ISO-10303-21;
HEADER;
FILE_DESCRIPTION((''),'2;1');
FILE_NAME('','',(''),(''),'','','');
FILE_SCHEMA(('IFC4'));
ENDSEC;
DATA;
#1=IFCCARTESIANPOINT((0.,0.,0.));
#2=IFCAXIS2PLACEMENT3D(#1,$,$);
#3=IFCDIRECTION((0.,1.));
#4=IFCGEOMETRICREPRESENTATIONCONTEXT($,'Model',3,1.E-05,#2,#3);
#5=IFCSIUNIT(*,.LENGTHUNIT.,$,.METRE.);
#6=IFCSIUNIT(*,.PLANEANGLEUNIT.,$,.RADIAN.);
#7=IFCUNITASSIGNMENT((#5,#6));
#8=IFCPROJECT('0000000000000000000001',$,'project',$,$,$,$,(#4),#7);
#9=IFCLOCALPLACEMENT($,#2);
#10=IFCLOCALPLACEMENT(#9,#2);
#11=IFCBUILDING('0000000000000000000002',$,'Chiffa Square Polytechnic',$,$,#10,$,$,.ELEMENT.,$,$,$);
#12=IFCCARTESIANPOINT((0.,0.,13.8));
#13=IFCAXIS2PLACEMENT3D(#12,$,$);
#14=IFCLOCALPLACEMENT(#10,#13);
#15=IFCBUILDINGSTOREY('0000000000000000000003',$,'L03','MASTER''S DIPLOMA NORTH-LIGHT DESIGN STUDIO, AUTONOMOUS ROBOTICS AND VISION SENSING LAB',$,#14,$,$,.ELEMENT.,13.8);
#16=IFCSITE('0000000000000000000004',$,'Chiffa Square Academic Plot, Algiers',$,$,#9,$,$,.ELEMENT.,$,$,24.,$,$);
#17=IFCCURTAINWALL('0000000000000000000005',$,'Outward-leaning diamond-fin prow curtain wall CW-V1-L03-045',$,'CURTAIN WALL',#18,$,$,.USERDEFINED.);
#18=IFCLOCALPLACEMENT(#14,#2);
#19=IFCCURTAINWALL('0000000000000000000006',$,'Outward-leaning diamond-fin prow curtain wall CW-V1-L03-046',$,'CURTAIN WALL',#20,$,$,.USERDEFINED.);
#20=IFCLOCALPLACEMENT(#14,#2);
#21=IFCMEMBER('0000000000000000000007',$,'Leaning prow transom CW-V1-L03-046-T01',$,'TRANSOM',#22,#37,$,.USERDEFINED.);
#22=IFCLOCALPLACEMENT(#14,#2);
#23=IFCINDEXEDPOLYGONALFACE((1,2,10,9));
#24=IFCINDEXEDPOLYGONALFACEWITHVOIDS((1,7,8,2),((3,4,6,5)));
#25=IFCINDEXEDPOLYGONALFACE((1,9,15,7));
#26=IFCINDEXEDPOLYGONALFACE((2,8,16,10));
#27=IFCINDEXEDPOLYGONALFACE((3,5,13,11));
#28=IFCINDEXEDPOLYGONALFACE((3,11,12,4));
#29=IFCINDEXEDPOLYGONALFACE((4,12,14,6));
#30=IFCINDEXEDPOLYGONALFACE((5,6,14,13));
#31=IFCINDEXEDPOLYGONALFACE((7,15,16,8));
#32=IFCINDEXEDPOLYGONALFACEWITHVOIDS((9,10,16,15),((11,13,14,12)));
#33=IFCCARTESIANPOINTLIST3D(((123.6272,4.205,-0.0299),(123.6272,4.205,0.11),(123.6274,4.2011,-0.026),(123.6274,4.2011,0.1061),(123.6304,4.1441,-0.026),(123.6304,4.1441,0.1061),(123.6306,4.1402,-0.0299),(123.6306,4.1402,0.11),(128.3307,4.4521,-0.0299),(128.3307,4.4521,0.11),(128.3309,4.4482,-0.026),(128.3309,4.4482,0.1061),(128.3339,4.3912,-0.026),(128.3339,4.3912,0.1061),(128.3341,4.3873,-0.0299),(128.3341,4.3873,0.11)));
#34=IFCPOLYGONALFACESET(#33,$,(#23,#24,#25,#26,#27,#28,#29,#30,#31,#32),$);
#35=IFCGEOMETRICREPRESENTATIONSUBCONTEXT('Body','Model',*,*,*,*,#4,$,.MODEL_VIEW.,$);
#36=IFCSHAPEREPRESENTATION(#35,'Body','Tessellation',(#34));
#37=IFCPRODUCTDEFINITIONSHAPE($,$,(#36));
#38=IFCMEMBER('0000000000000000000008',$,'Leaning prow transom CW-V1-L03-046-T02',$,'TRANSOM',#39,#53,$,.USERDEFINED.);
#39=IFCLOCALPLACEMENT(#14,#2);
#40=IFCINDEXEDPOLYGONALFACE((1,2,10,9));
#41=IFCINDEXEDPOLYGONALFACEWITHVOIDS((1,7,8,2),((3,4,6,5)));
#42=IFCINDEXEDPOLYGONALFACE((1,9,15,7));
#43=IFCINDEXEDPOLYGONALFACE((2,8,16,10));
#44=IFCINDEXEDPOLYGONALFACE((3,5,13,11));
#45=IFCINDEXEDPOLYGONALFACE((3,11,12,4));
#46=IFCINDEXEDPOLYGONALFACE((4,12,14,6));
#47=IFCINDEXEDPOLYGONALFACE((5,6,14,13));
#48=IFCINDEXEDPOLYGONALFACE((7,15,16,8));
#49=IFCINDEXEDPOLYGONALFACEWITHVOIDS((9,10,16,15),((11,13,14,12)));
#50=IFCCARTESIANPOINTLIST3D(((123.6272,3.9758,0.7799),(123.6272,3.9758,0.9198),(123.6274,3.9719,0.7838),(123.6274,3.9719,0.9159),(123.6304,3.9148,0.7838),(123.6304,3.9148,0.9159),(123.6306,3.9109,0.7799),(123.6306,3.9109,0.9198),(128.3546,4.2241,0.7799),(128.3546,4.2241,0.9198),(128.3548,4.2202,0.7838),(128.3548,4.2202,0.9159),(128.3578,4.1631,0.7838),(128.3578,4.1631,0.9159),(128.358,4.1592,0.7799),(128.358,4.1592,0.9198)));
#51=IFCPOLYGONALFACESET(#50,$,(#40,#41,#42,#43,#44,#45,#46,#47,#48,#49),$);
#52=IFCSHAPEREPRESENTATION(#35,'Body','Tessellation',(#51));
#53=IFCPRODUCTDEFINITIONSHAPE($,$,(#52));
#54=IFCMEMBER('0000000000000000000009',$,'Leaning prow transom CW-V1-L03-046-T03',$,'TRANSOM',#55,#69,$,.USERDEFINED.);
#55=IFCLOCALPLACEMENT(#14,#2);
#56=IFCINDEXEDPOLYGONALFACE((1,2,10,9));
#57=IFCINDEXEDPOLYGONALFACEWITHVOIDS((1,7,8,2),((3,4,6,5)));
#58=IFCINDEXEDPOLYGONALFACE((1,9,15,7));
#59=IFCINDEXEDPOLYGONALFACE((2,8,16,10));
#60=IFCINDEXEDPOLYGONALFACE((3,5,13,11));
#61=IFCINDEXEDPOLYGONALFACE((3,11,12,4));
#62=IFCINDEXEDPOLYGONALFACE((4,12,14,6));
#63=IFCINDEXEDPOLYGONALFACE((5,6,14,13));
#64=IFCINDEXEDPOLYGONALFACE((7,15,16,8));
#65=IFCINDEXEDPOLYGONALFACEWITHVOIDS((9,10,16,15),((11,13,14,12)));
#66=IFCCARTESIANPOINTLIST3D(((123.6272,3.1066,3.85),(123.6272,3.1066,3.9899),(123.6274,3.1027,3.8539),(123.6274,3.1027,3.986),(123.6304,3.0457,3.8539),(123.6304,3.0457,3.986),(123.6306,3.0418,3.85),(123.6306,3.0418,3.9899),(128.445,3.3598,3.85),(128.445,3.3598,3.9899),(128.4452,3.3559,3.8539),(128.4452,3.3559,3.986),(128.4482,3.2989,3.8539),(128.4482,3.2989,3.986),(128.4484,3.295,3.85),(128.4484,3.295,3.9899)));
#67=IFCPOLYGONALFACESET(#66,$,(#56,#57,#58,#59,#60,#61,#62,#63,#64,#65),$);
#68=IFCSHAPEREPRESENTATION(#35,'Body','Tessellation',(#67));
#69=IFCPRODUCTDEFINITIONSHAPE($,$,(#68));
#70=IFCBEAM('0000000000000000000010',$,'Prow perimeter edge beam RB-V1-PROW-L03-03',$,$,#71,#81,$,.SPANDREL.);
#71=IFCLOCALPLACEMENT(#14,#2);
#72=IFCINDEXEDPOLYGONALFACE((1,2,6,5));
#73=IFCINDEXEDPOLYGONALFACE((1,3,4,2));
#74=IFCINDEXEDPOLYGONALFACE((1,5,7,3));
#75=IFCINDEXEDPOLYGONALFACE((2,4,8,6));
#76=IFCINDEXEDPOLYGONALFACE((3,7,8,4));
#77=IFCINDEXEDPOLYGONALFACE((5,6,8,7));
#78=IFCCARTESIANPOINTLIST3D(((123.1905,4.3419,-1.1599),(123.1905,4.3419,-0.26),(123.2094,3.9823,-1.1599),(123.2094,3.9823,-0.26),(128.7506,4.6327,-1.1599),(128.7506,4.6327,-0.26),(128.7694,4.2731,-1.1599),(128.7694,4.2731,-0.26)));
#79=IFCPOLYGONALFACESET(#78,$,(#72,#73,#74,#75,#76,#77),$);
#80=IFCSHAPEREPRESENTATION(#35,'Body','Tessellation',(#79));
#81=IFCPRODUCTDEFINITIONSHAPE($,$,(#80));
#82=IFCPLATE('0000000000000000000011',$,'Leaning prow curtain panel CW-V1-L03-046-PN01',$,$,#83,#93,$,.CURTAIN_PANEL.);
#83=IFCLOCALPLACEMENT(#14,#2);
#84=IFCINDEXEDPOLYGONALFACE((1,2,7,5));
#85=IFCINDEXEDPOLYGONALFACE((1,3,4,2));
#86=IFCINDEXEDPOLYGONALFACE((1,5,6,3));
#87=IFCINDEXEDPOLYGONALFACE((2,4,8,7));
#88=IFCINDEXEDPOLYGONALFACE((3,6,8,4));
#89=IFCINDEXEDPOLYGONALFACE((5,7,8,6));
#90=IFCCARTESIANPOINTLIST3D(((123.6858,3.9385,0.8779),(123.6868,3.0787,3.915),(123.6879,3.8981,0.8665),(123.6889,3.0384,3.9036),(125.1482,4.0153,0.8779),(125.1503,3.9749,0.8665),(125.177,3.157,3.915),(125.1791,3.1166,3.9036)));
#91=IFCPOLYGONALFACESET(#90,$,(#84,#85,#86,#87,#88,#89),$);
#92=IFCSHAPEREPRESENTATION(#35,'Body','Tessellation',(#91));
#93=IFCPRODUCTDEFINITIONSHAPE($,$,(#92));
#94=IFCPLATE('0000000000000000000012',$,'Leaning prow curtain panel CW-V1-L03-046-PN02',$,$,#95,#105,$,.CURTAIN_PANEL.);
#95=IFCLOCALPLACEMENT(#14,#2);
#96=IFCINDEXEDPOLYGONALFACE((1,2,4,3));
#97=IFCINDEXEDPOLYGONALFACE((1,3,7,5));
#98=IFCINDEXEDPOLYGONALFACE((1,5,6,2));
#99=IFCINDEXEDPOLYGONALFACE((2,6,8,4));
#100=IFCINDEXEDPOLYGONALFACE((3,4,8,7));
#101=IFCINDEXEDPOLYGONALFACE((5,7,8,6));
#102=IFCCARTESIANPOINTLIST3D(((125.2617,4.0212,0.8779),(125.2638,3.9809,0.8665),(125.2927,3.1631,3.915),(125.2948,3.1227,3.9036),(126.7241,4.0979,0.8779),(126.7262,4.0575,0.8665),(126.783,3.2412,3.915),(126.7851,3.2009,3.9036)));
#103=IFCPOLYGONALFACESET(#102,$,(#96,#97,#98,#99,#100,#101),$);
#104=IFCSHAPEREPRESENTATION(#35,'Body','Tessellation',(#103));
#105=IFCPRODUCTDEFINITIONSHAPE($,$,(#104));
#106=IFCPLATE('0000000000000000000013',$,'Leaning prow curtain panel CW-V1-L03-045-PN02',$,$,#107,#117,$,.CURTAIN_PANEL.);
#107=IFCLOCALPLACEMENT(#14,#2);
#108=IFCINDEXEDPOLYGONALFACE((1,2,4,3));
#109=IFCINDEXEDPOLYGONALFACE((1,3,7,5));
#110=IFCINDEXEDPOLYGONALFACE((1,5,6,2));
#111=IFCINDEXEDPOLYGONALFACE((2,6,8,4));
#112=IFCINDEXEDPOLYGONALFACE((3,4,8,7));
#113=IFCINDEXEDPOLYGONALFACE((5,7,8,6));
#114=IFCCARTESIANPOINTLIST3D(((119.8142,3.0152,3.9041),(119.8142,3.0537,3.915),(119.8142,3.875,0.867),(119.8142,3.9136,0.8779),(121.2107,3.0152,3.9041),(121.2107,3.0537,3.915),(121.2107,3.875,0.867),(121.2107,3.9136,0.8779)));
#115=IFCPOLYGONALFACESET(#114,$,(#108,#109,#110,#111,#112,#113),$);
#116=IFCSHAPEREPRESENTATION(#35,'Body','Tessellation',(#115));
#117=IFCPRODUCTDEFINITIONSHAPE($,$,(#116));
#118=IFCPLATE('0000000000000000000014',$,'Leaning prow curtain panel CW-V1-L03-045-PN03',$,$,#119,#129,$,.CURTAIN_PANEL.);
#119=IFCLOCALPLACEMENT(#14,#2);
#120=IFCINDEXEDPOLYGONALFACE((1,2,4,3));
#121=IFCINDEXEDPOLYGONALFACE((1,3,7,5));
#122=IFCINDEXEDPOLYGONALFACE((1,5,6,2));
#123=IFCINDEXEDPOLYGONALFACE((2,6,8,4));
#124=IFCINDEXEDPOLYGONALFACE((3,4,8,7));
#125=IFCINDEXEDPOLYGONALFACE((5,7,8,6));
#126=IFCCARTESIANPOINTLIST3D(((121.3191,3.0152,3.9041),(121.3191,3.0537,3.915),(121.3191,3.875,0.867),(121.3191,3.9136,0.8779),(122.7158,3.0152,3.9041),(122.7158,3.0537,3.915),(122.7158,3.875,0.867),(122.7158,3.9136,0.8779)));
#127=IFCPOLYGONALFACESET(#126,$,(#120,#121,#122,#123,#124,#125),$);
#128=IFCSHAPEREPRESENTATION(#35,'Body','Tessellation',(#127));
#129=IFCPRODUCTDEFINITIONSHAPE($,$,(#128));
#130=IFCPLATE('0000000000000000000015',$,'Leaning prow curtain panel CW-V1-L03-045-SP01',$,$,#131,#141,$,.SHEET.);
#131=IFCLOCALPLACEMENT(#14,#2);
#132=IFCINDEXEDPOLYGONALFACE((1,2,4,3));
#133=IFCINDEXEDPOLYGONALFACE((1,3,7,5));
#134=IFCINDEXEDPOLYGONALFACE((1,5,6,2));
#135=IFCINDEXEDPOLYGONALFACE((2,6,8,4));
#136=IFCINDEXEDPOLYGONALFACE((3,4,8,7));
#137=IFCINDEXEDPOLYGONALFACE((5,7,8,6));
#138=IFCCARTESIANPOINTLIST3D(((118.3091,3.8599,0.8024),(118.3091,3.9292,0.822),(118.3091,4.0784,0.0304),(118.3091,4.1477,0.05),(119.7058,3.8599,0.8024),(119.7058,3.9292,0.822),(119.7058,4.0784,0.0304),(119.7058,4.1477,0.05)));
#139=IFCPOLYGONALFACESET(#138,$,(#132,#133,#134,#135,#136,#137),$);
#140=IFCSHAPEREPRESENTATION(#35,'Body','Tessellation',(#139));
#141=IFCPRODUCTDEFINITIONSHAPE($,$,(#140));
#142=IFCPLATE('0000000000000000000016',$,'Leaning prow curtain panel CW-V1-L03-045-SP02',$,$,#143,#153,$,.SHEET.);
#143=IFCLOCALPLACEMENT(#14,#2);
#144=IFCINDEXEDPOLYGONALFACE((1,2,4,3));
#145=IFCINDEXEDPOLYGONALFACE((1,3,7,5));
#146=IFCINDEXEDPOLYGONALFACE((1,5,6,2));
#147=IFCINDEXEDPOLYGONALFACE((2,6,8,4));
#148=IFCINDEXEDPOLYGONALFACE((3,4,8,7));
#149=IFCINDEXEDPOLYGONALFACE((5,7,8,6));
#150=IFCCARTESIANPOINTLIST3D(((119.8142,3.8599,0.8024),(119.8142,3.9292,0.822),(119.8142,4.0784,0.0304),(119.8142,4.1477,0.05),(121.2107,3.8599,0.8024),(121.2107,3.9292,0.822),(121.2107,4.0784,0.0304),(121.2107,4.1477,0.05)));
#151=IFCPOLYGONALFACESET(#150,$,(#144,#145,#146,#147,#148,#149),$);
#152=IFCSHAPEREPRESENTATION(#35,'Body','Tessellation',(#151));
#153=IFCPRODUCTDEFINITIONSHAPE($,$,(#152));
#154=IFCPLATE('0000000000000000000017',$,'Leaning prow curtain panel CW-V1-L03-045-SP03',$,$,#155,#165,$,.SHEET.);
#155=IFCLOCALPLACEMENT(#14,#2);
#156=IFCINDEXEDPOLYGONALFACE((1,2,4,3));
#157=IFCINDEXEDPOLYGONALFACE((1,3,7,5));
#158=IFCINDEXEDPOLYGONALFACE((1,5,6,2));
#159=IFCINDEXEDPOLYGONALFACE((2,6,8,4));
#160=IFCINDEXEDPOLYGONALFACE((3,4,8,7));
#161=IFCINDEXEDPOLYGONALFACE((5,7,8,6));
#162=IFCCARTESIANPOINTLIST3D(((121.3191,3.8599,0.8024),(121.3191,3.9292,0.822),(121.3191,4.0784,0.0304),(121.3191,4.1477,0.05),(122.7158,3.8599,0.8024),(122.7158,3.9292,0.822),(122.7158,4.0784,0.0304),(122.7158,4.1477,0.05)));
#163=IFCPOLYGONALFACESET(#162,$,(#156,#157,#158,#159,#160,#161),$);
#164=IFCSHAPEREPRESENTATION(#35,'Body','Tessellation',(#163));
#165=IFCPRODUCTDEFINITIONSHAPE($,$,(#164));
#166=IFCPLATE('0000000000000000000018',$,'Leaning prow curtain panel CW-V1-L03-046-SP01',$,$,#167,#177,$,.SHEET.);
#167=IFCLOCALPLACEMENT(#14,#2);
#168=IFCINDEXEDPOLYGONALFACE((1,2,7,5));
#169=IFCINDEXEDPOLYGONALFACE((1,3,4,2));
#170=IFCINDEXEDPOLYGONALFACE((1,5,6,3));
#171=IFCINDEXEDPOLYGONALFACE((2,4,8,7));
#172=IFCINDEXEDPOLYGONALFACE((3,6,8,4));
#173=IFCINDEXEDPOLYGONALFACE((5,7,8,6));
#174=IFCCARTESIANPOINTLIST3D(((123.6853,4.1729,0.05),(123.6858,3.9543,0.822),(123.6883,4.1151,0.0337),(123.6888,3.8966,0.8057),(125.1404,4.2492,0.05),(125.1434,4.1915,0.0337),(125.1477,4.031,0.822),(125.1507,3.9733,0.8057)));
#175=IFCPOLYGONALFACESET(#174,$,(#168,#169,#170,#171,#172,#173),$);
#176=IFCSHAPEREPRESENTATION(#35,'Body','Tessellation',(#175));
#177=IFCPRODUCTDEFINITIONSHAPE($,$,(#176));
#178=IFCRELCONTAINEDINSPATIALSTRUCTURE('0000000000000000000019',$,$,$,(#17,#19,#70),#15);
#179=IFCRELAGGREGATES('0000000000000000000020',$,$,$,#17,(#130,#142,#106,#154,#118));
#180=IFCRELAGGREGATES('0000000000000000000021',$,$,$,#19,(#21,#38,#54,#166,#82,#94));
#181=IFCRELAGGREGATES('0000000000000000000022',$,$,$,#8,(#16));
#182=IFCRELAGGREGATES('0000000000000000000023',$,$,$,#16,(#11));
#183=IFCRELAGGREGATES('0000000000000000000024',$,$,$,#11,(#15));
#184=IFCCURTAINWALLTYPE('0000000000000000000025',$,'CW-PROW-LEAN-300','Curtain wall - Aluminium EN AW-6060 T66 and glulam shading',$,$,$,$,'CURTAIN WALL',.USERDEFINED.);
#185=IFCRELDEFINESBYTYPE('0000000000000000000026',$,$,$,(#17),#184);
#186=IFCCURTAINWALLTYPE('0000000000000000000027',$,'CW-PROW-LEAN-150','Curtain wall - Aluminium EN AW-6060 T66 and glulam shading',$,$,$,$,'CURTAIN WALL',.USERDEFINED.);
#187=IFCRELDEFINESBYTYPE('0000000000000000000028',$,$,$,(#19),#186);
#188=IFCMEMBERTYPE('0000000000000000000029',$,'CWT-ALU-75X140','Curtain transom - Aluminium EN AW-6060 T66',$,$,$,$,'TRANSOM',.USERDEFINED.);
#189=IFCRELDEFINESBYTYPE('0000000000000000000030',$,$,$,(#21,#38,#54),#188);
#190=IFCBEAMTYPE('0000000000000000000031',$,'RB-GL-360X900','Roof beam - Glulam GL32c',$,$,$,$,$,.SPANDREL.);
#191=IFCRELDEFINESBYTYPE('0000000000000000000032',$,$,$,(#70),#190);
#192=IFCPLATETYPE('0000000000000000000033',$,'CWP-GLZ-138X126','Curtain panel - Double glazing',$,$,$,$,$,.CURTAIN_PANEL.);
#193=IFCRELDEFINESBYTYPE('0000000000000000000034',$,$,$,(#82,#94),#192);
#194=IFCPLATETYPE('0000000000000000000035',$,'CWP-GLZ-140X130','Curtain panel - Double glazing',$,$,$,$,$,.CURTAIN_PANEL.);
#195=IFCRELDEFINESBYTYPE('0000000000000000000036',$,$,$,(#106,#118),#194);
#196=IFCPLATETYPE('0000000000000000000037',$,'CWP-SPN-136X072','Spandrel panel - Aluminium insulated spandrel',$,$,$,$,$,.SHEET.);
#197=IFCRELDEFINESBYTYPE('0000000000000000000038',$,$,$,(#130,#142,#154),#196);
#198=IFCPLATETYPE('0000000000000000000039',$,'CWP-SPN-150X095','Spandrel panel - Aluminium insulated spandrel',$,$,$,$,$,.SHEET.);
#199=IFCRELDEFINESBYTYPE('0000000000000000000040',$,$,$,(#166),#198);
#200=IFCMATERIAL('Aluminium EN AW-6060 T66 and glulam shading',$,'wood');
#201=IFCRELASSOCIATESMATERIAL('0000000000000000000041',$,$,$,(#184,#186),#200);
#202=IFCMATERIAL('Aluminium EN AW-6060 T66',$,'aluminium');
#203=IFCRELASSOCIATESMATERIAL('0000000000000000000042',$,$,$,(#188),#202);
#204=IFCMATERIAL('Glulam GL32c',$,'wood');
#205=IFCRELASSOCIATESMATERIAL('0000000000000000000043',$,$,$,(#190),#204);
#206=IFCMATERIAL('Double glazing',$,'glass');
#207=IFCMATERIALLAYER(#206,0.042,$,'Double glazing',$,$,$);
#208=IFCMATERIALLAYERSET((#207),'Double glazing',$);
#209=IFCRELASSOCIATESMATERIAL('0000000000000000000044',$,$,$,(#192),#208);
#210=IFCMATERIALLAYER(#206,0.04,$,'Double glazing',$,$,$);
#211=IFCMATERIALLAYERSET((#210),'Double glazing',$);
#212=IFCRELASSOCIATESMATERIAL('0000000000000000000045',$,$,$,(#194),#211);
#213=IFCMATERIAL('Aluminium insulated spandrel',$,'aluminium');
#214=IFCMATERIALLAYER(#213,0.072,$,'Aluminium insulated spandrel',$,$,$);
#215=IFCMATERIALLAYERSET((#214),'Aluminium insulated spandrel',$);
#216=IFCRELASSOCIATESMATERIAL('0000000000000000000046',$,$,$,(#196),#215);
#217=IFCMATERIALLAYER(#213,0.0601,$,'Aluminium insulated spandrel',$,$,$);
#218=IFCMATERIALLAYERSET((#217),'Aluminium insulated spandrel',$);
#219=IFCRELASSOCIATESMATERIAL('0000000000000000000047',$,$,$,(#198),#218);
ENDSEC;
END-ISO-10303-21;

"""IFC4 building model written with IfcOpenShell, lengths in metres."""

from ifc_helpers import new_model, si_unit, direction, frame, origin, origin_2d, place, context, subcontext, project, spatial, polyline, rectangle, hollow_rectangle, outline, extrude, material, layer, layer_set, material_profile, profile_set, type_object, element, aggregate, save


model = new_model("IFC4")

# Units and contexts
model_context = context("Model", 3, precision=1e-05, world=origin(), true_north=direction((0.0, 1.0)))
body_context = subcontext(model_context, "Body", "Model", "MODEL_VIEW")
ifc_project = project(units=[si_unit("LENGTHUNIT", "METRE"), si_unit("PLANEANGLEUNIT", "RADIAN")], contexts=[model_context])

# Site, building, storey
site_placement = place(None, origin())
site = spatial("IfcSite", under=ifc_project, at=site_placement, Name="Chiffa Square Academic Plot, Algiers", CompositionType="ELEMENT", RefElevation=24.0)
building_placement = place(site_placement, origin())
building = spatial("IfcBuilding", under=site, at=building_placement, Name="Chiffa Square Polytechnic", CompositionType="ELEMENT")
storey_placement = place(building_placement, frame((0.0, 0.0, 13.8)))
storey = spatial("IfcBuildingStorey", under=building, at=storey_placement, Name="L03", Description="MASTER'S DIPLOMA NORTH-LIGHT DESIGN STUDIO, AUTONOMOUS ROBOTICS AND VISION SENSING LAB", CompositionType="ELEMENT", Elevation=13.8)

# Shared definitions
ifc_material_1 = material(Name="Glulam GL32c", Category="wood")

# Curtain walls, members
ifc_material_2 = material(Name="Aluminium EN AW-6060 T66 and glulam shading", Category="wood")
curtain_wall_type_1 = type_object("IfcCurtainWallType", Name="CW-PROW-LEAN-300", Description="Curtain wall - Aluminium EN AW-6060 T66 and glulam shading", ElementType="CURTAIN WALL", PredefinedType="USERDEFINED", material=ifc_material_2)
curtain_wall_1_placement = place(storey_placement, origin())
curtain_wall_1 = element("IfcCurtainWall", 1, at=curtain_wall_1_placement, inside=storey, type_object=curtain_wall_type_1, Name="Outward-leaning diamond-fin prow curtain wall CW-V1-L03-045", ObjectType="CURTAIN WALL", PredefinedType="USERDEFINED")
ifc_material_3 = material(Name="Aluminium EN AW-6060 T66", Category="aluminium")
curtain_wall_type_2 = type_object("IfcCurtainWallType", Name="CW-PROW-LEAN-150", Description="Curtain wall - Aluminium EN AW-6060 T66 and glulam shading", ElementType="CURTAIN WALL", PredefinedType="USERDEFINED", material=ifc_material_2)
curtain_wall_2_placement = place(storey_placement, origin())
curtain_wall_2 = element("IfcCurtainWall", 2, at=curtain_wall_2_placement, inside=storey, type_object=curtain_wall_type_2, Name="Outward-leaning diamond-fin prow curtain wall CW-V1-L03-046", ObjectType="CURTAIN WALL", PredefinedType="USERDEFINED")
ifc_material_profile_1 = material_profile(ifc_material_3, hollow_rectangle(XDim=0.0649, YDim=0.1399, WallThickness=0.0039, at=origin_2d()), Name="ALU 65x140x4")
ifc_profile_set_1 = profile_set([ifc_material_profile_1], Name="Aluminium EN AW-6060 T66")
member_type_1 = type_object("IfcMemberType", Name="CWT-ALU-75X140", Description="Curtain transom - Aluminium EN AW-6060 T66", ElementType="TRANSOM", PredefinedType="USERDEFINED", material=ifc_profile_set_1)
member_1_placement = place(storey_placement, frame((123.6289, 4.1726, 0.04), z_axis=(0.998623, 0.052458, 0.0), x_axis=(-0.052458, 0.998623, 0.0)))
member_1 = element("IfcMember", 3, at=member_1_placement, type_object=member_type_1, Name="Leaning prow transom CW-V1-L03-046-T01", ObjectType="TRANSOM", PredefinedType="USERDEFINED", context=body_context, shape_type="SweptSolid", body=[
    extrude(hollow_rectangle(XDim=0.0649, YDim=0.1399, WallThickness=0.0039, at=origin_2d()), origin(), (0.0, 0.0, 1.0), 4.71),
])
member_2_placement = place(storey_placement, frame((123.6289, 3.9434, 0.8499), z_axis=(0.998624, 0.052451, 0.0), x_axis=(-0.052451, 0.998624, 0.0)))
member_2 = element("IfcMember", 4, at=member_2_placement, type_object=member_type_1, Name="Leaning prow transom CW-V1-L03-046-T02", ObjectType="TRANSOM", PredefinedType="USERDEFINED", context=body_context, shape_type="SweptSolid", body=[
    extrude(hollow_rectangle(XDim=0.0649, YDim=0.1399, WallThickness=0.0039, at=origin_2d()), origin(), (0.0, 0.0, 1.0), 4.7339),
])
member_3_placement = place(storey_placement, frame((123.6289, 3.0742, 3.9199), z_axis=(0.998622, 0.052476, 0.0), x_axis=(-0.052476, 0.998622, 0.0)))
member_3 = element("IfcMember", 5, at=member_3_placement, type_object=member_type_1, Name="Leaning prow transom CW-V1-L03-046-T03", ObjectType="TRANSOM", PredefinedType="USERDEFINED", context=body_context, shape_type="SweptSolid", body=[
    extrude(hollow_rectangle(XDim=0.0649, YDim=0.1399, WallThickness=0.0039, at=origin_2d()), origin(), (0.0, 0.0, 1.0), 4.8245),
])

# Beam
ifc_material_profile_2 = material_profile(ifc_material_1, rectangle(XDim=0.3601, YDim=0.8999, at=origin_2d()), Name="GL32c 360x900")
ifc_profile_set_2 = profile_set([ifc_material_profile_2], Name="Glulam GL32c")
beam_type_1 = type_object("IfcBeamType", Name="RB-GL-360X900", Description="Roof beam - Glulam GL32c", PredefinedType="SPANDREL", material=ifc_profile_set_2)
beam_1_placement = place(storey_placement, frame((123.2, 4.1621, -0.71), z_axis=(0.998635, 0.052225, 0.0), x_axis=(-0.052225, 0.998635, 0.0)))
element("IfcBeam", 6, at=beam_1_placement, inside=storey, type_object=beam_type_1, Name="Prow perimeter edge beam RB-V1-PROW-L03-03", PredefinedType="SPANDREL", context=body_context, shape_type="SweptSolid", body=[
    extrude(rectangle(XDim=0.3601, YDim=0.8999, at=origin_2d()), origin(), (0.0, 0.0, 1.0), 5.5676),
])

# Plates
ifc_material_4 = material(Name="Double glazing", Category="glass")
ifc_layer_1 = layer(ifc_material_4, 0.042, Name="Double glazing")
ifc_layer_set_1 = layer_set([ifc_layer_1], Name="Double glazing")
plate_type_1 = type_object("IfcPlateType", Name="CWP-GLZ-138X126", Description="Curtain panel - Double glazing", PredefinedType="CURTAIN_PANEL", material=ifc_layer_set_1)
plate_1_placement = place(storey_placement, frame((123.6858, 3.9385, 0.8779), z_axis=(-0.050456, 0.960961, 0.272043), x_axis=(0.998624, 0.052439, -0.000021)))
plate_1 = element("IfcPlate", 7, at=plate_1_placement, type_object=plate_type_1, Name="Leaning prow curtain panel CW-V1-L03-046-PN01", PredefinedType="CURTAIN_PANEL", context=body_context, shape_type="SweptSolid", body=[
    extrude(outline(polyline([(0.0, 0.0), (1.4644, 0.0), (1.4481, -3.1562), (-0.0442, -3.1561), (0.0, 0.0)])), origin(), (0.0, 0.0, -1.0), 0.042),
])
plate_2_placement = place(storey_placement, frame((125.2617, 4.0212, 0.8779), z_axis=(-0.050376, 0.960966, 0.27204), x_axis=(0.998629, 0.052351, 0.000001)))
plate_2 = element("IfcPlate", 8, at=plate_2_placement, type_object=plate_type_1, Name="Leaning prow curtain panel CW-V1-L03-046-PN02", PredefinedType="CURTAIN_PANEL", context=body_context, shape_type="SweptSolid", body=[
    extrude(outline(polyline([(0.0, 0.0), (1.4644, 0.0), (1.4783, -3.1561), (-0.014, -3.1561), (0.0, 0.0)])), origin(), (0.0, 0.0, -1.0), 0.042),
])
ifc_layer_2 = layer(ifc_material_4, 0.04, Name="Double glazing")
ifc_layer_set_2 = layer_set([ifc_layer_2], Name="Double glazing")
plate_type_2 = type_object("IfcPlateType", Name="CWP-GLZ-140X130", Description="Curtain panel - Double glazing", PredefinedType="CURTAIN_PANEL", material=ifc_layer_set_2)
plate_3_placement = place(storey_placement, frame((119.8142, 3.9136, 0.8779), z_axis=(0.0, 0.962181, 0.272412), x_axis=(1.0, 0.0, 0.0)))
plate_3 = element("IfcPlate", 9, at=plate_3_placement, type_object=plate_type_2, Name="Leaning prow curtain panel CW-V1-L03-045-PN02", PredefinedType="CURTAIN_PANEL", context=body_context, shape_type="SweptSolid", body=[
    extrude(outline(polyline([(0.0, 0.0), (1.3965, 0.0), (1.3965, -3.1565), (0.0, -3.1565), (0.0, 0.0)])), origin(), (0.0, 0.0, -1.0), 0.04),
])
plate_4_placement = place(storey_placement, frame((121.3191, 3.9136, 0.8779), z_axis=(0.0, 0.962181, 0.272412), x_axis=(1.0, 0.0, 0.0)))
plate_4 = element("IfcPlate", 10, at=plate_4_placement, type_object=plate_type_2, Name="Leaning prow curtain panel CW-V1-L03-045-PN03", PredefinedType="CURTAIN_PANEL", context=body_context, shape_type="SweptSolid", body=[
    extrude(outline(polyline([(0.0, 0.0), (1.3967, 0.0), (1.3967, -3.1565), (0.0, -3.1565), (0.0, 0.0)])), origin(), (0.0, 0.0, -1.0), 0.04),
])
ifc_material_5 = material(Name="Aluminium insulated spandrel", Category="aluminium")
ifc_layer_3 = layer(ifc_material_5, 0.072, Name="Aluminium insulated spandrel")
ifc_layer_set_3 = layer_set([ifc_layer_3], Name="Aluminium insulated spandrel")
plate_type_3 = type_object("IfcPlateType", Name="CWP-SPN-136X072", Description="Spandrel panel - Aluminium insulated spandrel", PredefinedType="SHEET", material=ifc_layer_set_3)
plate_5_placement = place(storey_placement, frame((118.3091, 4.1477, 0.05), z_axis=(0.0, 0.962199, 0.272349), x_axis=(1.0, 0.0, 0.0)))
plate_5 = element("IfcPlate", 11, at=plate_5_placement, type_object=plate_type_3, Name="Leaning prow curtain panel CW-V1-L03-045-SP01", PredefinedType="SHEET", context=body_context, shape_type="SweptSolid", body=[
    extrude(outline(polyline([(0.0, 0.0), (1.3967, 0.0), (1.3967, -0.8023), (0.0, -0.8023), (0.0, 0.0)])), origin(), (0.0, 0.0, -1.0), 0.072),
])
plate_6_placement = place(storey_placement, frame((119.8142, 4.1477, 0.05), z_axis=(0.0, 0.962199, 0.272349), x_axis=(1.0, 0.0, 0.0)))
plate_6 = element("IfcPlate", 12, at=plate_6_placement, type_object=plate_type_3, Name="Leaning prow curtain panel CW-V1-L03-045-SP02", PredefinedType="SHEET", context=body_context, shape_type="SweptSolid", body=[
    extrude(outline(polyline([(0.0, 0.0), (1.3965, 0.0), (1.3965, -0.8023), (0.0, -0.8023), (0.0, 0.0)])), origin(), (0.0, 0.0, -1.0), 0.072),
])
plate_7_placement = place(storey_placement, frame((121.3191, 4.1477, 0.05), z_axis=(0.0, 0.962199, 0.272349), x_axis=(1.0, 0.0, 0.0)))
plate_7 = element("IfcPlate", 13, at=plate_7_placement, type_object=plate_type_3, Name="Leaning prow curtain panel CW-V1-L03-045-SP03", PredefinedType="SHEET", context=body_context, shape_type="SweptSolid", body=[
    extrude(outline(polyline([(0.0, 0.0), (1.3967, 0.0), (1.3967, -0.8023), (0.0, -0.8023), (0.0, 0.0)])), origin(), (0.0, 0.0, -1.0), 0.072),
])
aggregate(curtain_wall_1, [plate_5, plate_6, plate_3, plate_7, plate_4])
ifc_layer_4 = layer(ifc_material_5, 0.0601, Name="Aluminium insulated spandrel")
ifc_layer_set_4 = layer_set([ifc_layer_4], Name="Aluminium insulated spandrel")
plate_type_4 = type_object("IfcPlateType", Name="CWP-SPN-150X095", Description="Spandrel panel - Aluminium insulated spandrel", PredefinedType="SHEET", material=ifc_layer_set_4)
plate_8_placement = place(storey_placement, frame((123.6853, 4.1729, 0.05), z_axis=(-0.050428, 0.960947, 0.272098), x_axis=(0.998626, 0.052408, -0.00001)))
plate_8 = element("IfcPlate", 14, at=plate_8_placement, type_object=plate_type_4, Name="Leaning prow curtain panel CW-V1-L03-046-SP01", PredefinedType="SHEET", context=body_context, shape_type="SweptSolid", body=[
    extrude(outline(polyline([(0.0, 0.0), (1.4571, 0.0), (1.453, -0.8023), (-0.011, -0.8022), (0.0, 0.0)])), origin(), (0.0, 0.0, -1.0), 0.0601),
])
aggregate(curtain_wall_2, [member_1, member_2, member_3, plate_8, plate_1, plate_2])

save(model, "model.ifc")
